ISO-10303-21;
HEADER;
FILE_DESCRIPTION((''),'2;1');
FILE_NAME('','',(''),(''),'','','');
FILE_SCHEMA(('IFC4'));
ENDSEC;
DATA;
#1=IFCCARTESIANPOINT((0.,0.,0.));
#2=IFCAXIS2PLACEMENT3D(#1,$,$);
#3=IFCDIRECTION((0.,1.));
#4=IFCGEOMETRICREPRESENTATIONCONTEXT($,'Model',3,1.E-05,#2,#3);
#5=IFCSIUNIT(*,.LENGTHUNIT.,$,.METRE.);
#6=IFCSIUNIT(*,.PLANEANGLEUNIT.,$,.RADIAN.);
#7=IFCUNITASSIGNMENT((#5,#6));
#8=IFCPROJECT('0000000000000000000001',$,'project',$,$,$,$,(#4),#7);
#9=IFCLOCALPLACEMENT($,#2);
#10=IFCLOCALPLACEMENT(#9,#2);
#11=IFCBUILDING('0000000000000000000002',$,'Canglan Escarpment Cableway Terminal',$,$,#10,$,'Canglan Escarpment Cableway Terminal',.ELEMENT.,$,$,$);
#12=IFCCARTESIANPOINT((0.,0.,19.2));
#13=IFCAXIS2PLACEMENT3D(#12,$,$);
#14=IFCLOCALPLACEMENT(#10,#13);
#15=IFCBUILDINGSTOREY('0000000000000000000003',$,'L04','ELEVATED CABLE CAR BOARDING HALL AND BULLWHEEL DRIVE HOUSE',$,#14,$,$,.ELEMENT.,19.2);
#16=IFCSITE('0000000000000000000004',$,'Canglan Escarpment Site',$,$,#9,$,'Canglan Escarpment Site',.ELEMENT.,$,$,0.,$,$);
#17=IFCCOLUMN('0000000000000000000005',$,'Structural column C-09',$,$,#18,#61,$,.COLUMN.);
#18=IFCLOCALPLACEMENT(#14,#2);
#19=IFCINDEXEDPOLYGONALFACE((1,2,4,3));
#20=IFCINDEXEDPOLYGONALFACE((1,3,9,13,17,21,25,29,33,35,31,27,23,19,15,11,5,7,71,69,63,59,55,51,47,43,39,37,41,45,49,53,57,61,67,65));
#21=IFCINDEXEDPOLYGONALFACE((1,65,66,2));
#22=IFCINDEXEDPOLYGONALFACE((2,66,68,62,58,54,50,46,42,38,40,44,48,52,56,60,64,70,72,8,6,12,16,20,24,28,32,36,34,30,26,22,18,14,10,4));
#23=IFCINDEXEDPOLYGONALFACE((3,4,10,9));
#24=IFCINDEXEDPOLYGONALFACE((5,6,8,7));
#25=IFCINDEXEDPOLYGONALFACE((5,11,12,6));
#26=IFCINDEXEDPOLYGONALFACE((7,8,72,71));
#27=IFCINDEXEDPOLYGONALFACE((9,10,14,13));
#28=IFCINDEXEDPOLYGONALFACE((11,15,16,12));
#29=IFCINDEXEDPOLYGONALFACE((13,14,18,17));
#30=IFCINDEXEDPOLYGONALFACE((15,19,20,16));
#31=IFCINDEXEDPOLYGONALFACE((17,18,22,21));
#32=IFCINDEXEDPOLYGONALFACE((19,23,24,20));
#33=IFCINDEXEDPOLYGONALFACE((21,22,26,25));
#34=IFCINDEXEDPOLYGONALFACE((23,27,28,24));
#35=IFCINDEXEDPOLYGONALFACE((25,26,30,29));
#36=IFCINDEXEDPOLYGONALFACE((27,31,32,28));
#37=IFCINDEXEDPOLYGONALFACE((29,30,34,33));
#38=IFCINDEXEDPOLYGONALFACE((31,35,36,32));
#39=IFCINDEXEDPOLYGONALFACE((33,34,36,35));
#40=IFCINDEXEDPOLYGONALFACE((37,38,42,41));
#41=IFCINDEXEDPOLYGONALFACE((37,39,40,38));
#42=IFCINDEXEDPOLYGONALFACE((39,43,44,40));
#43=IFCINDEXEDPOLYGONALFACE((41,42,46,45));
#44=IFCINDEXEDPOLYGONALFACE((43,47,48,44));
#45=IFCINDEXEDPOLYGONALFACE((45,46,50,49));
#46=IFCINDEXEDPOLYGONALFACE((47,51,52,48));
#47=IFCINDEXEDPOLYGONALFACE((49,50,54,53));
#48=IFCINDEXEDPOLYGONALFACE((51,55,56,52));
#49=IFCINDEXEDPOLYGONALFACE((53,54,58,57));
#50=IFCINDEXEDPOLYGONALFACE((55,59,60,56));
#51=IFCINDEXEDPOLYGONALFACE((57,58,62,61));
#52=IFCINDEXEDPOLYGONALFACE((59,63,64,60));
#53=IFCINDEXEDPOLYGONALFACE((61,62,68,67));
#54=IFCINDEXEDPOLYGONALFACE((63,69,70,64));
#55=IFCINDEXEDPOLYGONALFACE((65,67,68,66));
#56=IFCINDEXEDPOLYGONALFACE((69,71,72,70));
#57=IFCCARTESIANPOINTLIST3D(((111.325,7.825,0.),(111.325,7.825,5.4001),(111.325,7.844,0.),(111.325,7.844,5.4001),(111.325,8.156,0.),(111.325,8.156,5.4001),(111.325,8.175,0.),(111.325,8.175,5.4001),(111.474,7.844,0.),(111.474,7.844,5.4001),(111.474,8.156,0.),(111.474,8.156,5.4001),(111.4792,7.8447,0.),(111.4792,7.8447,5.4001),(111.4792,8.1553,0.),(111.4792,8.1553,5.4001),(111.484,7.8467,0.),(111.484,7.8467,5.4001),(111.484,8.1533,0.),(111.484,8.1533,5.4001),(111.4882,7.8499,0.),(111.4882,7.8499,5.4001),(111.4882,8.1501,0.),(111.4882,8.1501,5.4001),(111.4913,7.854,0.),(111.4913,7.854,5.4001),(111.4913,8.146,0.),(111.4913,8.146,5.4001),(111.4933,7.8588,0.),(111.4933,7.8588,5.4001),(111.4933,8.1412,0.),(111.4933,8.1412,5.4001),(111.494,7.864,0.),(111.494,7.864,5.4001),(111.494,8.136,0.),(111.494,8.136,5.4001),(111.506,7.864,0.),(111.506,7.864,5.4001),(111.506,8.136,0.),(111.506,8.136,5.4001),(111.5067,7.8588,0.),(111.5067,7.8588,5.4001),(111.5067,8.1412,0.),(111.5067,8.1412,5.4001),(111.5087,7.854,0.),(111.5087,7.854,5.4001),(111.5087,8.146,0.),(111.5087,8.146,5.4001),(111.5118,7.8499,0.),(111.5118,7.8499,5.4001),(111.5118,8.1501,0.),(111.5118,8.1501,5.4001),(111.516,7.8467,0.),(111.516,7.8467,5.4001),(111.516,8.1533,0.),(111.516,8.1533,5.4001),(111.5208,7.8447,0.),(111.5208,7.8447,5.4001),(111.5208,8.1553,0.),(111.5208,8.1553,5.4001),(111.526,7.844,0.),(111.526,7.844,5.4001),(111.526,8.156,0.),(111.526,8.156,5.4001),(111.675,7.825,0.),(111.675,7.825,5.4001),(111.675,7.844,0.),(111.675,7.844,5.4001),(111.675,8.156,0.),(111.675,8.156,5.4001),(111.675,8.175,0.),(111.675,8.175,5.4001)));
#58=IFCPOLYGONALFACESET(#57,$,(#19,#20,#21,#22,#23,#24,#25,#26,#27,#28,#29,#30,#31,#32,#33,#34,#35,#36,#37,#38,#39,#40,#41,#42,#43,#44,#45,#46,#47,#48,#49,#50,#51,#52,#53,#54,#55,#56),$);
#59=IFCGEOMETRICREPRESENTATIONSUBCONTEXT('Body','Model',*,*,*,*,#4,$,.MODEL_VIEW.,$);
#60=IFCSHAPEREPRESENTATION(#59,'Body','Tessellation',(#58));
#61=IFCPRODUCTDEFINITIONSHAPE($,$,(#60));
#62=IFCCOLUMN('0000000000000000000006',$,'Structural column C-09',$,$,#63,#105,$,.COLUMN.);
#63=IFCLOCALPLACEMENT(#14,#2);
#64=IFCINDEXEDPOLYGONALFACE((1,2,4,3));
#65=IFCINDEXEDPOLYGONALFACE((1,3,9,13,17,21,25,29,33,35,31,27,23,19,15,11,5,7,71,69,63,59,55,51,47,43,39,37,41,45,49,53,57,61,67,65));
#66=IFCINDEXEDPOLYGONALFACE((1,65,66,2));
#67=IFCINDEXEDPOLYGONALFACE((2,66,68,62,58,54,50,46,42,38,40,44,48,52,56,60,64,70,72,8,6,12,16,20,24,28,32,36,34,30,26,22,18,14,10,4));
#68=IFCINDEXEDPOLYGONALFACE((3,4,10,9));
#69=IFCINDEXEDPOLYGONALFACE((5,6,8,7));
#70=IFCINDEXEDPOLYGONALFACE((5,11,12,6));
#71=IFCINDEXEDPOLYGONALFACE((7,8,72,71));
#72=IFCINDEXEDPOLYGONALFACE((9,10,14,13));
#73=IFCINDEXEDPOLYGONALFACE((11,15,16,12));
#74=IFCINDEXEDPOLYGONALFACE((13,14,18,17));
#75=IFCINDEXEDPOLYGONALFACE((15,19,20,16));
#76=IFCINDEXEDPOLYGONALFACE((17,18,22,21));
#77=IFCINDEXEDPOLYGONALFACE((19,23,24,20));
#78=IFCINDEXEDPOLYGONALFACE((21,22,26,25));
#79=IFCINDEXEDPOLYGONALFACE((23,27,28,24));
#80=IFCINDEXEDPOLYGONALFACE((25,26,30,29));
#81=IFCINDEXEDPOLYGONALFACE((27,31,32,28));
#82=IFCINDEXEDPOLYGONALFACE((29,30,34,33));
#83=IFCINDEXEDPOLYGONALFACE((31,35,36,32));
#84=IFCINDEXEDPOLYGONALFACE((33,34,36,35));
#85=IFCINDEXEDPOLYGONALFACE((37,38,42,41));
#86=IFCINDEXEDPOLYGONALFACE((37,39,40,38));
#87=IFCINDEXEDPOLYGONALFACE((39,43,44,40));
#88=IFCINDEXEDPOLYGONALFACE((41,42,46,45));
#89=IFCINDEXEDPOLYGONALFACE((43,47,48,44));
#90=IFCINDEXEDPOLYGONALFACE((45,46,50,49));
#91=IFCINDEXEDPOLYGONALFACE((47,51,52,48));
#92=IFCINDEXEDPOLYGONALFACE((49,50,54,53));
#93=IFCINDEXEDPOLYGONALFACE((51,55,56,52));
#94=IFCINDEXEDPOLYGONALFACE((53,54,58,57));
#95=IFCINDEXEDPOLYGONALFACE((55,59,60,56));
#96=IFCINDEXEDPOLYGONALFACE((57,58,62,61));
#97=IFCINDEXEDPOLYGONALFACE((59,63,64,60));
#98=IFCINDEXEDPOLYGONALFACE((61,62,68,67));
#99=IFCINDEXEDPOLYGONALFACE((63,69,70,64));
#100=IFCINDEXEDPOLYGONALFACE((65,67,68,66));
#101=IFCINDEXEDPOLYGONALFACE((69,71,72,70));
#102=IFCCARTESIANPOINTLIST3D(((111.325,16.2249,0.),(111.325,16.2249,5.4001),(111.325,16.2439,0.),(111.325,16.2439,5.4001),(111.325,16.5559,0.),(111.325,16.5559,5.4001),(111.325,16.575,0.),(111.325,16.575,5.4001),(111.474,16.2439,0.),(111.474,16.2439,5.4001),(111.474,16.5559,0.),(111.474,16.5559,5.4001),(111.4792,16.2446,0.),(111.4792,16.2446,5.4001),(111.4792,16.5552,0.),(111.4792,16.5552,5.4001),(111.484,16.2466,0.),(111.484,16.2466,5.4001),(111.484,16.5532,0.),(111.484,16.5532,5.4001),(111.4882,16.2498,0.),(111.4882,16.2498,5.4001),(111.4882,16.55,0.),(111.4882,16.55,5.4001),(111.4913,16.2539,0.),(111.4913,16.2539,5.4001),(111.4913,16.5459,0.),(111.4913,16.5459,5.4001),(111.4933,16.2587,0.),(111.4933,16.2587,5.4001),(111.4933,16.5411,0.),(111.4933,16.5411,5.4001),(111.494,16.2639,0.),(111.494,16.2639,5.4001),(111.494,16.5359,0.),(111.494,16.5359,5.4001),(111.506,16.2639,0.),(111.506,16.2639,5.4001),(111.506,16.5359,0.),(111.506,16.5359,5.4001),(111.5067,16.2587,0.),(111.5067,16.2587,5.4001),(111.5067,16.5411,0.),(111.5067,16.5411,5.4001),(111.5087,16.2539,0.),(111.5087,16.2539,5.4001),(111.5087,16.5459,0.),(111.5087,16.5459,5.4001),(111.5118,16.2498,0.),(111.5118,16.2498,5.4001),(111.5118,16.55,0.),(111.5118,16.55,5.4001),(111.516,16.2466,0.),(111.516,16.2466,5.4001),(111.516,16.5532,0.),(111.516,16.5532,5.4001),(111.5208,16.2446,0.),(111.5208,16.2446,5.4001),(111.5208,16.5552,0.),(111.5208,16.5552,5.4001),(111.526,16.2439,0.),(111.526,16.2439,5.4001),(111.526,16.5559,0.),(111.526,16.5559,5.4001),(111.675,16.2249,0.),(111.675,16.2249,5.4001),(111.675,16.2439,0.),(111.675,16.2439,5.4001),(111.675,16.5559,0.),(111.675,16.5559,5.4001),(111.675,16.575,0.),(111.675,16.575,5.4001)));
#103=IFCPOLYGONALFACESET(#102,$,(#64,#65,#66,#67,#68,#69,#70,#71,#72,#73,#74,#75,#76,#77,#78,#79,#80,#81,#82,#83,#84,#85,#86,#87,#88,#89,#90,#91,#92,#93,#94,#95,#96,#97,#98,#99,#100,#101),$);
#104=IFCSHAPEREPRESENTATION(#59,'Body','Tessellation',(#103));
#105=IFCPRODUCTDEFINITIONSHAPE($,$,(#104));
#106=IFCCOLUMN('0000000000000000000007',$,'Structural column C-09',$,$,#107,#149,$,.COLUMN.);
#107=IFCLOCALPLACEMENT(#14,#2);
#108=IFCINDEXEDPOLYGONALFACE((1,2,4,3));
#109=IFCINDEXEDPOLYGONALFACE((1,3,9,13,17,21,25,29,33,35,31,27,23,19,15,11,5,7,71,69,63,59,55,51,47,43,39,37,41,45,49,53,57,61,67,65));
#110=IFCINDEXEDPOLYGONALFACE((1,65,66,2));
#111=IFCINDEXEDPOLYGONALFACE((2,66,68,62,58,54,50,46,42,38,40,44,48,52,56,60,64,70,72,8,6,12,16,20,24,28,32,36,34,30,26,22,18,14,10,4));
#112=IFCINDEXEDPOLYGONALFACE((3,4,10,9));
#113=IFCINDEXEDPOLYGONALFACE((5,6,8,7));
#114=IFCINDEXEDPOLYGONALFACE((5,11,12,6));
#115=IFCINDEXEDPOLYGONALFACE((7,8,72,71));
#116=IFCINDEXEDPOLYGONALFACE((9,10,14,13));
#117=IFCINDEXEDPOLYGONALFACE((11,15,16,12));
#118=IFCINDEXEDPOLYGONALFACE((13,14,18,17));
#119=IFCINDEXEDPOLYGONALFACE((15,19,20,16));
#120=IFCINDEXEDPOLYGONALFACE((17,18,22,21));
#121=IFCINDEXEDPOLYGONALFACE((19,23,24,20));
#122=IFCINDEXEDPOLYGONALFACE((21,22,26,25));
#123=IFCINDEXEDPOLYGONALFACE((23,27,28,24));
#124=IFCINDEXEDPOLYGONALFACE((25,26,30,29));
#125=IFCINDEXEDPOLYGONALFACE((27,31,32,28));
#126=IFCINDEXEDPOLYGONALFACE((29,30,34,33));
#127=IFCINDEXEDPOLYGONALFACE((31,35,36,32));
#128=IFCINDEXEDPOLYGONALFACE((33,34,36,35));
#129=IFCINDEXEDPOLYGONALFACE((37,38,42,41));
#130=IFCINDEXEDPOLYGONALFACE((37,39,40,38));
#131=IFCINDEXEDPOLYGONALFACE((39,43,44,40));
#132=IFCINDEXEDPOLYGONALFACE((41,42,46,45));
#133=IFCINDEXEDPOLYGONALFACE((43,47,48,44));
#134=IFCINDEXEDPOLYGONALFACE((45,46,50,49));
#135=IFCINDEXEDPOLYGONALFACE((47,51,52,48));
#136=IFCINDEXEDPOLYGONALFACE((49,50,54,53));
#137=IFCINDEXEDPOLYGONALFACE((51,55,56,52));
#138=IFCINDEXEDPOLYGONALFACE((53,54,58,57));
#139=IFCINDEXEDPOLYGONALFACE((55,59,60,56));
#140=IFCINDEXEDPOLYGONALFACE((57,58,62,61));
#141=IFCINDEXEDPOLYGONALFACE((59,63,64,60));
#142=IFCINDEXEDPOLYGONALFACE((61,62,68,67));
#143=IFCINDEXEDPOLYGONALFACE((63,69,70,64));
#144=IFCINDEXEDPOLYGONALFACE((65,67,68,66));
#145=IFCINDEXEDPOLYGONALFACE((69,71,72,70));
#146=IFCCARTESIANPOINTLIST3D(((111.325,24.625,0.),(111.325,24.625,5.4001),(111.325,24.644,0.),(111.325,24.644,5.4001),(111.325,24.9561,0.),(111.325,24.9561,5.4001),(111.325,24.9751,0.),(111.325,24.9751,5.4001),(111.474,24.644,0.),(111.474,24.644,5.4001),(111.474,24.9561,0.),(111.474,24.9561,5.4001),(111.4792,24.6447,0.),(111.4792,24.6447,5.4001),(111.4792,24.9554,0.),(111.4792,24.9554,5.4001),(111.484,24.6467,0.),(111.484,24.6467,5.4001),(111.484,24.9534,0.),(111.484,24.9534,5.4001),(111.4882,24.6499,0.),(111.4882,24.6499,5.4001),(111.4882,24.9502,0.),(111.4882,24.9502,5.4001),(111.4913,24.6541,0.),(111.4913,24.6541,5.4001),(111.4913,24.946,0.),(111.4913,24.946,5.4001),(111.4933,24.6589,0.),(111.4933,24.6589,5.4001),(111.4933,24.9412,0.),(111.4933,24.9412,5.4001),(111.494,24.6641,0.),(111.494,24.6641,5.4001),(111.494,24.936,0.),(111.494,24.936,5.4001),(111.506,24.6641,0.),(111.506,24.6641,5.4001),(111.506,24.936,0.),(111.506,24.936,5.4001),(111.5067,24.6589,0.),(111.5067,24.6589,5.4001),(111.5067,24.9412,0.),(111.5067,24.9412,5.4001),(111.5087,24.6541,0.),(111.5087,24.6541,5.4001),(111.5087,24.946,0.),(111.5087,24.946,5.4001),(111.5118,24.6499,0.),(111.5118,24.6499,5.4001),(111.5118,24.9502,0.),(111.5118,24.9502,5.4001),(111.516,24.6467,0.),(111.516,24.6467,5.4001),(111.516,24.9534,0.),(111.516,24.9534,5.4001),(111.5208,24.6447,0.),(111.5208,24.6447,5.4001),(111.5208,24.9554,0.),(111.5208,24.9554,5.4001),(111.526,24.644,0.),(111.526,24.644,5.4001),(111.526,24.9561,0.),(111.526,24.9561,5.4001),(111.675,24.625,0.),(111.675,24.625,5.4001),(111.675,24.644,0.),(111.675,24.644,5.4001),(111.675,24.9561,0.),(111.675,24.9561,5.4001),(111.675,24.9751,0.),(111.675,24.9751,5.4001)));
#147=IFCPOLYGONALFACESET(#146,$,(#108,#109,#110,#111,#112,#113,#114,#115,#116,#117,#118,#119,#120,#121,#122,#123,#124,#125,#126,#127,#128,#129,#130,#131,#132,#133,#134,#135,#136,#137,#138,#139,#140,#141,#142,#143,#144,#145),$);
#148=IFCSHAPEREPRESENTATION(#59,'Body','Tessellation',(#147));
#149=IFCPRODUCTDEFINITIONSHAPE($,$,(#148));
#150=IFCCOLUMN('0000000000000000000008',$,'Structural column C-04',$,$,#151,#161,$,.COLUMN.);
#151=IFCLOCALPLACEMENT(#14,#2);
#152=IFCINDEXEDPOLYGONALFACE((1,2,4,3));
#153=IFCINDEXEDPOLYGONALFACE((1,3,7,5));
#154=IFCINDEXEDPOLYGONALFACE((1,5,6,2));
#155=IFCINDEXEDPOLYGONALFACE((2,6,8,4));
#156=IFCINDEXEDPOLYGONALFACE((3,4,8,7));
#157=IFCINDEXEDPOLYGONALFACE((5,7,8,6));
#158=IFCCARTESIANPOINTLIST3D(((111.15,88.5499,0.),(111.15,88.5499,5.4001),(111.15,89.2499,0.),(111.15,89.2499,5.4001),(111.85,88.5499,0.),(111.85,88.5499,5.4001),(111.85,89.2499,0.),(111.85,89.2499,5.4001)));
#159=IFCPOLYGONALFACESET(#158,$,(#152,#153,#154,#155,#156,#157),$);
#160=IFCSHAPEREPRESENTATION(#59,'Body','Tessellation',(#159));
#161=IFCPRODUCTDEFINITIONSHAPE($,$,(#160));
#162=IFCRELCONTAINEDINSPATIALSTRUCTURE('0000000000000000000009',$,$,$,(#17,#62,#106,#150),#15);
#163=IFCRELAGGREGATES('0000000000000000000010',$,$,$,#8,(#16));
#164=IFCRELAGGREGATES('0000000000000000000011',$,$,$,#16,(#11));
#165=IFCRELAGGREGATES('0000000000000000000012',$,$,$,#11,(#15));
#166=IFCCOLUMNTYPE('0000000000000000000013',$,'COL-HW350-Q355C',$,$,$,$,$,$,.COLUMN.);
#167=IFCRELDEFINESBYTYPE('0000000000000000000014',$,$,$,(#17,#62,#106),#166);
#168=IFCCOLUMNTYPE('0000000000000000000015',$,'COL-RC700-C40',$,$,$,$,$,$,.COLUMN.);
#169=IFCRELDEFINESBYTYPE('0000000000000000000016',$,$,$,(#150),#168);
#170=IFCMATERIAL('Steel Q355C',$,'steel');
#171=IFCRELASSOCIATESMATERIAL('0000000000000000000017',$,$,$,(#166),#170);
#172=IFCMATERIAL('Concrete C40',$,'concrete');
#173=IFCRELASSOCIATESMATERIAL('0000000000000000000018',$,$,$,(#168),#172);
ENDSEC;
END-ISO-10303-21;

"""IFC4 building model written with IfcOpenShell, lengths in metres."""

from ifc_helpers import new_model, si_unit, direction, frame, origin, origin_2d, place, context, subcontext, project, spatial, rectangle, i_section, extrude, material, material_profile, profile_set, type_object, element, save


model = new_model("IFC4")

# Units and contexts
model_context = context("Model", 3, precision=1e-05, world=origin(), true_north=direction((0.0, 1.0)))
body_context = subcontext(model_context, "Body", "Model", "MODEL_VIEW")
ifc_project = project(units=[si_unit("LENGTHUNIT", "METRE"), si_unit("PLANEANGLEUNIT", "RADIAN")], contexts=[model_context])

# Site, building, storey
site_placement = place(None, origin())
site = spatial("IfcSite", under=ifc_project, at=site_placement, Name="Canglan Escarpment Site", LongName="Canglan Escarpment Site", CompositionType="ELEMENT", RefElevation=0.0)
building_placement = place(site_placement, origin())
building = spatial("IfcBuilding", under=site, at=building_placement, Name="Canglan Escarpment Cableway Terminal", LongName="Canglan Escarpment Cableway Terminal", CompositionType="ELEMENT")
storey_placement = place(building_placement, frame((0.0, 0.0, 19.2)))
storey = spatial("IfcBuildingStorey", under=building, at=storey_placement, Name="L04", Description="ELEVATED CABLE CAR BOARDING HALL AND BULLWHEEL DRIVE HOUSE", CompositionType="ELEMENT", Elevation=19.2)

# Columns
ifc_material_1 = material(Name="Steel Q355C", Category="steel")
ifc_material_profile_1 = material_profile(ifc_material_1, i_section(OverallWidth=0.3501, OverallDepth=0.3501, WebThickness=0.012, FlangeThickness=0.019, FilletRadius=0.02, at=origin_2d()), Name="HW 350x350x12x19")
ifc_profile_set_1 = profile_set([ifc_material_profile_1], Name="Steel Q355C")
column_type_1 = type_object("IfcColumnType", Name="COL-HW350-Q355C", PredefinedType="COLUMN", material=ifc_profile_set_1)
for number, where, z_axis, x_axis, name in (
    (1, (111.5, 8.0, 0.0), (0.0, 0.0, 1.0), (1.0, 0.0, 0.0), "Structural column C-09"),
    (2, (111.5, 16.3999, 0.0), (0.0, 0.0, 1.0), (1.0, 0.0, 0.0), "Structural column C-09"),
    (3, (111.5, 24.8, 0.0), (0.0, 0.0, 1.0), (1.0, 0.0, 0.0), "Structural column C-09"),
):
    element("IfcColumn", number, at=place(storey_placement, frame(where, z_axis=z_axis, x_axis=x_axis)), inside=storey, type_object=column_type_1, Name=name, PredefinedType="COLUMN", context=body_context, shape_type="SweptSolid", body=[
        extrude(i_section(OverallWidth=0.3501, OverallDepth=0.3501, WebThickness=0.012, FlangeThickness=0.019, FilletRadius=0.02, at=origin_2d()), origin(), (0.0, 0.0, 1.0), 5.4001),
    ])
ifc_material_2 = material(Name="Concrete C40", Category="concrete")
ifc_material_profile_2 = material_profile(ifc_material_2, rectangle(XDim=0.7, YDim=0.7, at=origin_2d()), Name="RC 700x700")
ifc_profile_set_2 = profile_set([ifc_material_profile_2], Name="Concrete C40")
column_type_2 = type_object("IfcColumnType", Name="COL-RC700-C40", PredefinedType="COLUMN", material=ifc_profile_set_2)
column_placement = place(storey_placement, frame((111.5, 88.8999, 0.0), z_axis=(0.0, 0.0, 1.0), x_axis=(1.0, 0.0, 0.0)))
element("IfcColumn", 4, at=column_placement, inside=storey, type_object=column_type_2, Name="Structural column C-04", PredefinedType="COLUMN", context=body_context, shape_type="SweptSolid", body=[
    extrude(rectangle(XDim=0.7, YDim=0.7, at=origin_2d()), origin(), (0.0, 0.0, 1.0), 5.4001),
])

save(model, "model.ifc")
